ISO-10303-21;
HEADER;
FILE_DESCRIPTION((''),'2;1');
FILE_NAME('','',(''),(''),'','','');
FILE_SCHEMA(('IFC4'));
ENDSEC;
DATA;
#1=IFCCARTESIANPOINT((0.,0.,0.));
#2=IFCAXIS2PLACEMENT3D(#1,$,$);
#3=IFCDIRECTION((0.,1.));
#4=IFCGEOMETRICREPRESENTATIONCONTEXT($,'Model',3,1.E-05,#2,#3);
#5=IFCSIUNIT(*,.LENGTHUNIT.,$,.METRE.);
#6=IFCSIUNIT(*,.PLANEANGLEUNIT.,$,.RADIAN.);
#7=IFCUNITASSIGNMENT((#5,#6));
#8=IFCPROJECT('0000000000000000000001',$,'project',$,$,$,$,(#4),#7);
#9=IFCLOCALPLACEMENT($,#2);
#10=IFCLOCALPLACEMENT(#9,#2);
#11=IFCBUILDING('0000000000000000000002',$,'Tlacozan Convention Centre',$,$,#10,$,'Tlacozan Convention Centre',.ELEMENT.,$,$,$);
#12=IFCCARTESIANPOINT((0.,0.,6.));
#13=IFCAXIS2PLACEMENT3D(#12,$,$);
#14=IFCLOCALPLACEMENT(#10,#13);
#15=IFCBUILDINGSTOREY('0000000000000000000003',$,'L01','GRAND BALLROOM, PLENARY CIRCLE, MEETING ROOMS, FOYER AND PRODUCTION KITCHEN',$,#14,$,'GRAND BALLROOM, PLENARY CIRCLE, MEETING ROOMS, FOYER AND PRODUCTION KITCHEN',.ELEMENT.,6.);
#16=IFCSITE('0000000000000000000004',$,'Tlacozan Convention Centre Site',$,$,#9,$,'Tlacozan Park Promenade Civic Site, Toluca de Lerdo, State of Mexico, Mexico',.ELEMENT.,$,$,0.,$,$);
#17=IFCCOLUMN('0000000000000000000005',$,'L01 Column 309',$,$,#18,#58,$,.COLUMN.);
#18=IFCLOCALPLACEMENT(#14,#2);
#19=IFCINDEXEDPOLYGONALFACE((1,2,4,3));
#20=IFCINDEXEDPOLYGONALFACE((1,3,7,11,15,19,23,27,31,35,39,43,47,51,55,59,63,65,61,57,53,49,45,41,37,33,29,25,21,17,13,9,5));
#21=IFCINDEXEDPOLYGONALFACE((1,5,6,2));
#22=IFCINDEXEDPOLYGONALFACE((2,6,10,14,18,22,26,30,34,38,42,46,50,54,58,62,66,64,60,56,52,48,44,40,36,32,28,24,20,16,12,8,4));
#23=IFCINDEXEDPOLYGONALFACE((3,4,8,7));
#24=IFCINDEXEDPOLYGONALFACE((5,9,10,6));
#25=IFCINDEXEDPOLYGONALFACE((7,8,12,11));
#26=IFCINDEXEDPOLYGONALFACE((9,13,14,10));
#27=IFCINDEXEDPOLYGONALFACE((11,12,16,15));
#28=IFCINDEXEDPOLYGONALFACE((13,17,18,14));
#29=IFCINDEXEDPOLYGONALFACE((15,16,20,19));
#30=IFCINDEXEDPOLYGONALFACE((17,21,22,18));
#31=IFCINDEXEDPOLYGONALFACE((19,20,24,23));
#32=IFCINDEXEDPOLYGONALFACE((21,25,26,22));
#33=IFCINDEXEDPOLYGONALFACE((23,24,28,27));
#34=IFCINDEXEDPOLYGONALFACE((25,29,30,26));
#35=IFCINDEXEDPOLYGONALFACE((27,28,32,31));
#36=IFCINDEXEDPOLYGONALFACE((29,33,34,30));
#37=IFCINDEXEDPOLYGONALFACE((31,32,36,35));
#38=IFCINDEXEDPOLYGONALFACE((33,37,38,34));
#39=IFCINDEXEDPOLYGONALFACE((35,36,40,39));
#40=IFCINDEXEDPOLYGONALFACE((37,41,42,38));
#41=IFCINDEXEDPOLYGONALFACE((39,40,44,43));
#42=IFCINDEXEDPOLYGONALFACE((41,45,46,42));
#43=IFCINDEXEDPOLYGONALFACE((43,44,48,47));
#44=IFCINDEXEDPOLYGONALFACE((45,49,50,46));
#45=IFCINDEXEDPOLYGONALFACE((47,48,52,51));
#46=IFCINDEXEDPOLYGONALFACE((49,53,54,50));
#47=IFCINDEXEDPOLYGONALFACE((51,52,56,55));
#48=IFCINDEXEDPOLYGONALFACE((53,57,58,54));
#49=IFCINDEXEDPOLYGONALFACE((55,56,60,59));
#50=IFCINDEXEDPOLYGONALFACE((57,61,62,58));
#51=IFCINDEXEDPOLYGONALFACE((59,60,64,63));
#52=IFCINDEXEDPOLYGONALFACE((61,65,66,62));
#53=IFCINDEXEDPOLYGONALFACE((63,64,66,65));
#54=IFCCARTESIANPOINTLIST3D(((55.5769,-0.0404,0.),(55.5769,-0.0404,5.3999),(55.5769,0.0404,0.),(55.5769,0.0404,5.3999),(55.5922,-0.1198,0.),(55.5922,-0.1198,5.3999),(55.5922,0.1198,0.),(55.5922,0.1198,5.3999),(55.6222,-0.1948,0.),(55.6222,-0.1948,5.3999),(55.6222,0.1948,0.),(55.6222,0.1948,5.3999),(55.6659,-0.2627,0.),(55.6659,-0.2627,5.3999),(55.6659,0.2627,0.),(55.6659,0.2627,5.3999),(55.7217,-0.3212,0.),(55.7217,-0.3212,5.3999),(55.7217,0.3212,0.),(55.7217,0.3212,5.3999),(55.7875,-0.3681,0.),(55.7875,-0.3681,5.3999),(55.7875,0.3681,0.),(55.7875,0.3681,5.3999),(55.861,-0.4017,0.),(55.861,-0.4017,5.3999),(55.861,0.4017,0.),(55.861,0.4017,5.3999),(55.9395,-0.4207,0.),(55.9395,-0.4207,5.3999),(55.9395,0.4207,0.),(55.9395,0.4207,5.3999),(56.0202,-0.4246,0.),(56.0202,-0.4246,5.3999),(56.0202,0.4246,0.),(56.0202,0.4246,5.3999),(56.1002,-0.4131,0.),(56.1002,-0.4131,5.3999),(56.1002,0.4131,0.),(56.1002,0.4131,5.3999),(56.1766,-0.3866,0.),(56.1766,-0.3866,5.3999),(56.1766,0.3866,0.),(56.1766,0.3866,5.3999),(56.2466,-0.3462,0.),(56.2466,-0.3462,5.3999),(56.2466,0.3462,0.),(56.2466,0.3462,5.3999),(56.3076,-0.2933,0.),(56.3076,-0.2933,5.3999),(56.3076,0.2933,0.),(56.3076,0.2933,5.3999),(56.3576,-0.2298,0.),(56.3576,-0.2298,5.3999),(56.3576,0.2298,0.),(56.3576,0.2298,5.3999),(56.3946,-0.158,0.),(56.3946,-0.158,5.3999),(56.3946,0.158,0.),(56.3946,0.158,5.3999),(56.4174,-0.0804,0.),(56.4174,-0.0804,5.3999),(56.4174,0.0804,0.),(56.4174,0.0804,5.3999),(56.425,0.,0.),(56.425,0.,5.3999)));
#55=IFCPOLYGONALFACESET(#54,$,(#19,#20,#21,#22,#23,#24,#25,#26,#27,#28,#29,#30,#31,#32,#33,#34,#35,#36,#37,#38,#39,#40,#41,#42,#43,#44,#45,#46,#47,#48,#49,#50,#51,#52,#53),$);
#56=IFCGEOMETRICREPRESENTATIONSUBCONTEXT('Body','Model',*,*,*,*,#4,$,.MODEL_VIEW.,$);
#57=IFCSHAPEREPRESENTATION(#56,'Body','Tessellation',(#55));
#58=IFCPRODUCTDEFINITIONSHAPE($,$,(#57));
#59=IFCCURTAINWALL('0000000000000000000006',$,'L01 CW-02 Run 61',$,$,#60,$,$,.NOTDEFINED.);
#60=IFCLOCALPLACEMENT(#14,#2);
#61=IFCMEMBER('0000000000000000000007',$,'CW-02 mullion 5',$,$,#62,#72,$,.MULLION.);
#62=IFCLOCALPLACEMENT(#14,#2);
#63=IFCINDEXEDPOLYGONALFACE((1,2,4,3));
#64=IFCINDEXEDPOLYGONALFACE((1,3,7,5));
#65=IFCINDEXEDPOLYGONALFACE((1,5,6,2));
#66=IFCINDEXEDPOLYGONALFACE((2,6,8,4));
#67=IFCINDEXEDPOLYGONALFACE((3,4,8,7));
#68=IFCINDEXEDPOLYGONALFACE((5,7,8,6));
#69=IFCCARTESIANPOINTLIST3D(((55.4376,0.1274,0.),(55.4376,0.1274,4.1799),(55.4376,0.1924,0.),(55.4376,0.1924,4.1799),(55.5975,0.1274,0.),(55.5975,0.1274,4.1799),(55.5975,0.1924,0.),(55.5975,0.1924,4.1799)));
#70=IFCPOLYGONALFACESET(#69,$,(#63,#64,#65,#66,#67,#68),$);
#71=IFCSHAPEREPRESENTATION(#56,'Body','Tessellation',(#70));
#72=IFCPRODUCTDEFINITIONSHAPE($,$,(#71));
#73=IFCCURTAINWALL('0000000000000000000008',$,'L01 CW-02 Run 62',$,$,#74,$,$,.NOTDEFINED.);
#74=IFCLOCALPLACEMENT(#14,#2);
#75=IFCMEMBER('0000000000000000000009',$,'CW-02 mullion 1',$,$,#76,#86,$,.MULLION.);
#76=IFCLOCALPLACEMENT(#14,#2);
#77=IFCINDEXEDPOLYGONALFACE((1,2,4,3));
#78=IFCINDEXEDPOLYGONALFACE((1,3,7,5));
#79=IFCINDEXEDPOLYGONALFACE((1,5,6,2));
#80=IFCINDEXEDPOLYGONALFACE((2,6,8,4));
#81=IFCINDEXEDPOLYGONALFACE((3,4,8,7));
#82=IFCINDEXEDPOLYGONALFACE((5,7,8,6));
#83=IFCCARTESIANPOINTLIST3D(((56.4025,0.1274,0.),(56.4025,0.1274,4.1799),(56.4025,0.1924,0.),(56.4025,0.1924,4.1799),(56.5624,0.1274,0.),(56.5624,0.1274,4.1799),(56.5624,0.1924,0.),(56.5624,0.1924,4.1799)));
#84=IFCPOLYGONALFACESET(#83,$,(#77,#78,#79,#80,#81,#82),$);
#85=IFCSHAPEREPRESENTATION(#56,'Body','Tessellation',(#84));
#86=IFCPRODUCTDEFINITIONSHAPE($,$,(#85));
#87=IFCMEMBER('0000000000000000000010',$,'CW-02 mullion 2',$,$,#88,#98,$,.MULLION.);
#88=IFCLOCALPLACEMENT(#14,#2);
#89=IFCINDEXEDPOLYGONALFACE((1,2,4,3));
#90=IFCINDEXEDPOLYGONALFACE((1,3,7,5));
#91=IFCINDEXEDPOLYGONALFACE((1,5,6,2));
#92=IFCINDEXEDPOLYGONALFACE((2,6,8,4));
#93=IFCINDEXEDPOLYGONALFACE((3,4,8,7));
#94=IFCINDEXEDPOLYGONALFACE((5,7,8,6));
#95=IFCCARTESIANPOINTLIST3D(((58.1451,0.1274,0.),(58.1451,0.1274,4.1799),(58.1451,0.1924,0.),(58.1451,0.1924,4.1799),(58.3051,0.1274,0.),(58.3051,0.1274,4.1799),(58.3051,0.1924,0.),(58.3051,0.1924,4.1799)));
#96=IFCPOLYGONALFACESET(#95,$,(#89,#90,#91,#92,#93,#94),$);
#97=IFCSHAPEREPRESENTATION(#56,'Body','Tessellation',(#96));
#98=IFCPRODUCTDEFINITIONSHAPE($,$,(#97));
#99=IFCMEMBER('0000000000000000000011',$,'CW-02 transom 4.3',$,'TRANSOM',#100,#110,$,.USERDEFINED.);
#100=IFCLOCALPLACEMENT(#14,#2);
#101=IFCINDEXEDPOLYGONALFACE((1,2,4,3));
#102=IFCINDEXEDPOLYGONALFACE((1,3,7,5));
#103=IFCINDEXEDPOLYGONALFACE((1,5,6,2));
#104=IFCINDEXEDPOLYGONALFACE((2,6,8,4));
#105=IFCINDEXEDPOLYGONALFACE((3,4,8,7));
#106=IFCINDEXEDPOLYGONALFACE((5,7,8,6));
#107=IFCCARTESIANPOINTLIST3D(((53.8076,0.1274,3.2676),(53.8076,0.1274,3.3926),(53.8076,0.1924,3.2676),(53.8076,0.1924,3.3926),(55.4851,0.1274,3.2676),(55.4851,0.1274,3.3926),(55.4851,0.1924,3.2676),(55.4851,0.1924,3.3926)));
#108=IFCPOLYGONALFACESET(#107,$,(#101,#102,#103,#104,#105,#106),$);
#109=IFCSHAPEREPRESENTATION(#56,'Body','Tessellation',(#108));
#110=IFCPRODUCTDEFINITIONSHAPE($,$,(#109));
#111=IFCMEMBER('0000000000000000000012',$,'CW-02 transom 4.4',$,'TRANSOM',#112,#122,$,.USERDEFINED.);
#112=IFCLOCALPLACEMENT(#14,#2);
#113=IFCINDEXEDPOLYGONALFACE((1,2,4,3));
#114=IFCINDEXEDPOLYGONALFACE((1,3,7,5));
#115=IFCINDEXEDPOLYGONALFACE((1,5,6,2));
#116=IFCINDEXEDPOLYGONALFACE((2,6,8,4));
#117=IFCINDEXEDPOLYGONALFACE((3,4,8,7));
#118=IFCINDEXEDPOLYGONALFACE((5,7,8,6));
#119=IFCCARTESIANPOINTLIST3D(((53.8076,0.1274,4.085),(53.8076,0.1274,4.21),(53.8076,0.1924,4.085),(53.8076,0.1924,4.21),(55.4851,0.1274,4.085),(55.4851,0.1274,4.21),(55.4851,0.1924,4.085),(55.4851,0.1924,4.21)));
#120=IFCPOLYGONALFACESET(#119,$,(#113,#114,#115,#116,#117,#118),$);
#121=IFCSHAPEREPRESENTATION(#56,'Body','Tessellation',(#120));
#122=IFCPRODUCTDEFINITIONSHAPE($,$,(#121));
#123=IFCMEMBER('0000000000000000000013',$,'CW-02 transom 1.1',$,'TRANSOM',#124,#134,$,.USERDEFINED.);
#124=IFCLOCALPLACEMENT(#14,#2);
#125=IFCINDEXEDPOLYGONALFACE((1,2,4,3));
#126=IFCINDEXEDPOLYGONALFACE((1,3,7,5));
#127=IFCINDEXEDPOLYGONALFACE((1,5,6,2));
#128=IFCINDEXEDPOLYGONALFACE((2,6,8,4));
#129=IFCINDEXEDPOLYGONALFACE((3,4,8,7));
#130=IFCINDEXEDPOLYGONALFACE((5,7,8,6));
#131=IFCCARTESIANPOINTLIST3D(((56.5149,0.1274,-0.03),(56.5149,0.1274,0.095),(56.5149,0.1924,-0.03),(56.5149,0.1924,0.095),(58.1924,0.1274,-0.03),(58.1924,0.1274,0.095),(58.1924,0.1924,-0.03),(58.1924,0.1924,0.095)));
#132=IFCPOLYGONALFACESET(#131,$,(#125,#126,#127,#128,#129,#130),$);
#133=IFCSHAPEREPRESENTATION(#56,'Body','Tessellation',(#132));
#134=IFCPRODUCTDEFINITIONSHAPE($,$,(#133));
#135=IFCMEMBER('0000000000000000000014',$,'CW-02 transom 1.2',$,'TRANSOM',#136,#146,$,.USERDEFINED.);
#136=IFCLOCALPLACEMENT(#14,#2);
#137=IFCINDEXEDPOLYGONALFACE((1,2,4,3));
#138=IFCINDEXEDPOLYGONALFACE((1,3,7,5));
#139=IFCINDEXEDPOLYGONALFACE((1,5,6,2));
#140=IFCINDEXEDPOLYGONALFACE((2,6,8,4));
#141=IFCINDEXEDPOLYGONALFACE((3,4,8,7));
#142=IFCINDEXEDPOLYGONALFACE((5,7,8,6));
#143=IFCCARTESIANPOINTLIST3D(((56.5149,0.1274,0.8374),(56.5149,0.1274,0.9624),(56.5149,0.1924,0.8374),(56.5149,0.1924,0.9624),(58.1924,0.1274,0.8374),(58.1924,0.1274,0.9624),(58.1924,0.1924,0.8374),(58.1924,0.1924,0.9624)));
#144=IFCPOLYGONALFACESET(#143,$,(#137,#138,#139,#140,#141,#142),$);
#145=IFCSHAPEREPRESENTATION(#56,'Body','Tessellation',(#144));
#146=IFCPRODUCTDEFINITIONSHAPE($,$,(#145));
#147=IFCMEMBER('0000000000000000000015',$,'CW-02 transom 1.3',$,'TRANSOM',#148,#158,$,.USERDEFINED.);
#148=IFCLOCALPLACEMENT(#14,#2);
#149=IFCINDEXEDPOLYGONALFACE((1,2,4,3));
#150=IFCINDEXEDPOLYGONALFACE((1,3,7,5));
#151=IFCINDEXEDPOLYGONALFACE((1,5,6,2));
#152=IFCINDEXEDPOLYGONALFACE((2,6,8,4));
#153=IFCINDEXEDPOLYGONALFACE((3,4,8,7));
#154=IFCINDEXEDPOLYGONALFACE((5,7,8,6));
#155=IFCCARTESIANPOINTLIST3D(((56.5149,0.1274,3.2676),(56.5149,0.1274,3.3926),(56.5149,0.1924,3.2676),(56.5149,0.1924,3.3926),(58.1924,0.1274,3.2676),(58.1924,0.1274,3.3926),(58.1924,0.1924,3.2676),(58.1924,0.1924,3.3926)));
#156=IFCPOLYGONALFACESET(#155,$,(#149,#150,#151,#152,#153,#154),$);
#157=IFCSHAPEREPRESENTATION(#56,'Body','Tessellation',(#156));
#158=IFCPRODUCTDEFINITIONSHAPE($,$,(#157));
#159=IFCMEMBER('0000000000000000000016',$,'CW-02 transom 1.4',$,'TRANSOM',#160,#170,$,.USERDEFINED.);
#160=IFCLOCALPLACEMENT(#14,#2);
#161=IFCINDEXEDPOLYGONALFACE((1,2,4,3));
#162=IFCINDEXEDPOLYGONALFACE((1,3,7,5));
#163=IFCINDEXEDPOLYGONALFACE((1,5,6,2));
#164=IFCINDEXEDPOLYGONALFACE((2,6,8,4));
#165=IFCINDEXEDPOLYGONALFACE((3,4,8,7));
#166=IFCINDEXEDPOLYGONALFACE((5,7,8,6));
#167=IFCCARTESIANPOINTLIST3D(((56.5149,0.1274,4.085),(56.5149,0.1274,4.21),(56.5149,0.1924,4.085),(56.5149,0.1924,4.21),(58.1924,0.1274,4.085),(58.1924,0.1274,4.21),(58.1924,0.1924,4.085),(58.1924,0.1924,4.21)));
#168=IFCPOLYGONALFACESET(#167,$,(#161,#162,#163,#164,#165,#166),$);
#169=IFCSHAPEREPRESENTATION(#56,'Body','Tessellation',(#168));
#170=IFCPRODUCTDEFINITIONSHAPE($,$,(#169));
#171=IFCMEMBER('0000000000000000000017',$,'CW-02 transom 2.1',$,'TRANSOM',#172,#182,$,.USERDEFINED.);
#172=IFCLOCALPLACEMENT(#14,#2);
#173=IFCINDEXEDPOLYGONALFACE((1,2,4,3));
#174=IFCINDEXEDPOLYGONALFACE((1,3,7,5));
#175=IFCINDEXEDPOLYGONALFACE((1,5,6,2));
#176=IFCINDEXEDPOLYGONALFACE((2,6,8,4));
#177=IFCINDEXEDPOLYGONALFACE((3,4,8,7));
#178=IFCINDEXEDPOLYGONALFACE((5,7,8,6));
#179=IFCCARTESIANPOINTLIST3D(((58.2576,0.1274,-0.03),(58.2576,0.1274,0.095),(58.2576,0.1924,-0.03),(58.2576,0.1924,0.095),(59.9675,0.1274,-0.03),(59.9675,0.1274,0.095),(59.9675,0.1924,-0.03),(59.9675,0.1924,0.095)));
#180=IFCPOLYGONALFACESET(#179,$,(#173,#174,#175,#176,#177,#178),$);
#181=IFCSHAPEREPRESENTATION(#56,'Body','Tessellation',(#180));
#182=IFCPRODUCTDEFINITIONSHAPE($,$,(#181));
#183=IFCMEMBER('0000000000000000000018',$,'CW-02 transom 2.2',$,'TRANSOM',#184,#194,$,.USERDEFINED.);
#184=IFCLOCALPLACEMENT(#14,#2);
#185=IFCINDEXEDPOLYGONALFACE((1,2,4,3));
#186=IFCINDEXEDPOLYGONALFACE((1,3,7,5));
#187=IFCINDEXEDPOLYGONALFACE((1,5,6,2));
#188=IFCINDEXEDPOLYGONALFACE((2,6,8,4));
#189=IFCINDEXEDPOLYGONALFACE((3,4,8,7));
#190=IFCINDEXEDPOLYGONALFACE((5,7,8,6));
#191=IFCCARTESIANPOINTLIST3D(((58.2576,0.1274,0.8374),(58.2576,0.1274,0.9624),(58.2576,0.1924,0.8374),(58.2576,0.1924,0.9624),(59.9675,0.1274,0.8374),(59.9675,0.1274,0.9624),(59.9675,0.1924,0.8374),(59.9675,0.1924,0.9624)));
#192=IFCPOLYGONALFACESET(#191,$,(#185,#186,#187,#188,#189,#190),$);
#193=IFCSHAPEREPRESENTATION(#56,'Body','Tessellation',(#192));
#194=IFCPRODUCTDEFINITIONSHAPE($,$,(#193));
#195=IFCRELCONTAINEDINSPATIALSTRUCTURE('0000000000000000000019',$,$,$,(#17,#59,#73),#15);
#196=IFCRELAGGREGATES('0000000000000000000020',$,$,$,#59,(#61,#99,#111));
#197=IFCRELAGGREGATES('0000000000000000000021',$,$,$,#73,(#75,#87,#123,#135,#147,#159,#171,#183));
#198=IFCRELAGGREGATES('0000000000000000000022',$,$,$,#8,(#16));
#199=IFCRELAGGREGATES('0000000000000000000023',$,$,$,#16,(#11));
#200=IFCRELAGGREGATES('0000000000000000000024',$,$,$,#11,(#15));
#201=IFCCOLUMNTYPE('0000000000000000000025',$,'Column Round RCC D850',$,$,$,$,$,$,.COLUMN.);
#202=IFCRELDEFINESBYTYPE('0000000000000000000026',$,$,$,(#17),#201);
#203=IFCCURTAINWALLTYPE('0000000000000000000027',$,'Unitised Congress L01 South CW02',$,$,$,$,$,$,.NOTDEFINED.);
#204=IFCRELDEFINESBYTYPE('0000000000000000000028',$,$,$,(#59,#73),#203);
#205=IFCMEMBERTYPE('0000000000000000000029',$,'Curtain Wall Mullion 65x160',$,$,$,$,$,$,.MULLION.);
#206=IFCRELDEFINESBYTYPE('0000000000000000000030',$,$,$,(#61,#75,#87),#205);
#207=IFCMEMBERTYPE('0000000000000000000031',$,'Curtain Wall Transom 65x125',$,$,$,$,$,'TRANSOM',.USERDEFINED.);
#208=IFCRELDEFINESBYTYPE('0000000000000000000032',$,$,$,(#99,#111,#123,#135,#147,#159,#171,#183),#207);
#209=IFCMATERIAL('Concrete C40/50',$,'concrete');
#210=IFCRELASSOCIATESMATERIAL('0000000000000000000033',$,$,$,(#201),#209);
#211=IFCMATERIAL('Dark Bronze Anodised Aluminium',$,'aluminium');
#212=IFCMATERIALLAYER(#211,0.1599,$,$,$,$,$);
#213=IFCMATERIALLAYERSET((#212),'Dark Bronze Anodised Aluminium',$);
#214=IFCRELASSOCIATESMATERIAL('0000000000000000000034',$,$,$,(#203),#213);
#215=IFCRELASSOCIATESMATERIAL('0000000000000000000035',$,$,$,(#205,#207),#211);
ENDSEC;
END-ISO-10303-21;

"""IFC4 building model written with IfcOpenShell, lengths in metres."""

from ifc_helpers import new_model, si_unit, direction, frame, origin, origin_2d, place, context, subcontext, project, spatial, rectangle, circle, extrude, material, layer, layer_set, material_profile, profile_set, type_object, element, aggregate, save


model = new_model("IFC4")

# Units and contexts
model_context = context("Model", 3, precision=1e-05, world=origin(), true_north=direction((0.0, 1.0)))
body_context = subcontext(model_context, "Body", "Model", "MODEL_VIEW")
ifc_project = project(units=[si_unit("LENGTHUNIT", "METRE"), si_unit("PLANEANGLEUNIT", "RADIAN")], contexts=[model_context])

# Site, building, storey
site_placement = place(None, origin())
site = spatial("IfcSite", under=ifc_project, at=site_placement, Name="Tlacozan Convention Centre Site", LongName="Tlacozan Park Promenade Civic Site, Toluca de Lerdo, State of Mexico, Mexico", CompositionType="ELEMENT", RefElevation=0.0)
building_placement = place(site_placement, origin())
building = spatial("IfcBuilding", under=site, at=building_placement, Name="Tlacozan Convention Centre", LongName="Tlacozan Convention Centre", CompositionType="ELEMENT")
storey_placement = place(building_placement, frame((0.0, 0.0, 6.0)))
storey = spatial("IfcBuildingStorey", under=building, at=storey_placement, Name="L01", Description="GRAND BALLROOM, PLENARY CIRCLE, MEETING ROOMS, FOYER AND PRODUCTION KITCHEN", LongName="GRAND BALLROOM, PLENARY CIRCLE, MEETING ROOMS, FOYER AND PRODUCTION KITCHEN", CompositionType="ELEMENT", Elevation=6.0)

# Column
ifc_material_1 = material(Name="Concrete C40/50", Category="concrete")
ifc_material_profile_1 = material_profile(ifc_material_1, circle(Radius=0.425, at=origin_2d()), Name="RCC D850")
ifc_profile_set_1 = profile_set([ifc_material_profile_1], Name="Concrete C40/50")
column_type = type_object("IfcColumnType", Name="Column Round RCC D850", PredefinedType="COLUMN", material=ifc_profile_set_1)
column_placement = place(storey_placement, frame((56.0, 0.0, 0.0), z_axis=(0.0, 0.0, 1.0), x_axis=(1.0, 0.0, 0.0)))
element("IfcColumn", 1, at=column_placement, inside=storey, type_object=column_type, Name="L01 Column 309", PredefinedType="COLUMN", context=body_context, shape_type="SweptSolid", body=[
    extrude(circle(Radius=0.425, at=origin_2d()), origin(), (0.0, 0.0, 1.0), 5.3999),
])

# Curtain wall, member
ifc_material_2 = material(Name="Dark Bronze Anodised Aluminium", Category="aluminium")
ifc_layer_1 = layer(ifc_material_2, 0.1599)
ifc_layer_set_1 = layer_set([ifc_layer_1], Name="Dark Bronze Anodised Aluminium")
curtain_wall_type = type_object("IfcCurtainWallType", Name="Unitised Congress L01 South CW02", PredefinedType="NOTDEFINED", material=ifc_layer_set_1)
curtain_wall_1_placement = place(storey_placement, origin())
curtain_wall_1 = element("IfcCurtainWall", 2, at=curtain_wall_1_placement, inside=storey, type_object=curtain_wall_type, Name="L01 CW-02 Run 61", PredefinedType="NOTDEFINED")
ifc_material_profile_2 = material_profile(ifc_material_2, rectangle(XDim=0.0649, YDim=0.1599, at=origin_2d()), Name="ALU 65x160")
ifc_profile_set_2 = profile_set([ifc_material_profile_2], Name="Dark Bronze Anodised Aluminium")
member_type_1 = type_object("IfcMemberType", Name="Curtain Wall Mullion 65x160", PredefinedType="MULLION", material=ifc_profile_set_2)
member_1_placement = place(storey_placement, frame((55.5176, 0.1599, 0.0), z_axis=(0.0, 0.0, 1.0), x_axis=(0.0, 1.0, 0.0)))
member_1 = element("IfcMember", 3, at=member_1_placement, type_object=member_type_1, Name="CW-02 mullion 5", PredefinedType="MULLION", context=body_context, shape_type="SweptSolid", body=[
    extrude(rectangle(XDim=0.0649, YDim=0.1599, at=origin_2d()), origin(), (0.0, 0.0, 1.0), 4.1799),
])

# Curtain wall, members
curtain_wall_2_placement = place(storey_placement, origin())
curtain_wall_2 = element("IfcCurtainWall", 4, at=curtain_wall_2_placement, inside=storey, type_object=curtain_wall_type, Name="L01 CW-02 Run 62", PredefinedType="NOTDEFINED")
member_2_placement = place(storey_placement, frame((56.4824, 0.1599, 0.0), z_axis=(0.0, 0.0, 1.0), x_axis=(0.0, 1.0, 0.0)))
member_2 = element("IfcMember", 5, at=member_2_placement, type_object=member_type_1, Name="CW-02 mullion 1", PredefinedType="MULLION", context=body_context, shape_type="SweptSolid", body=[
    extrude(rectangle(XDim=0.0649, YDim=0.1599, at=origin_2d()), origin(), (0.0, 0.0, 1.0), 4.1799),
])
member_3_placement = place(storey_placement, frame((58.2251, 0.1599, 0.0), z_axis=(0.0, 0.0, 1.0), x_axis=(0.0, 1.0, 0.0)))
member_3 = element("IfcMember", 6, at=member_3_placement, type_object=member_type_1, Name="CW-02 mullion 2", PredefinedType="MULLION", context=body_context, shape_type="SweptSolid", body=[
    extrude(rectangle(XDim=0.0649, YDim=0.1599, at=origin_2d()), origin(), (0.0, 0.0, 1.0), 4.1799),
])

# Members
ifc_material_profile_3 = material_profile(ifc_material_2, rectangle(XDim=0.0649, YDim=0.125, at=origin_2d()), Name="ALU 65x125")
ifc_profile_set_3 = profile_set([ifc_material_profile_3], Name="Dark Bronze Anodised Aluminium")
member_type_2 = type_object("IfcMemberType", Name="Curtain Wall Transom 65x125", ElementType="TRANSOM", PredefinedType="USERDEFINED", material=ifc_profile_set_3)
member_4_placement = place(storey_placement, frame((53.8076, 0.1599, 3.3301), z_axis=(1.0, 0.0, 0.0), x_axis=(0.0, 1.0, 0.0)))
member_4 = element("IfcMember", 7, at=member_4_placement, type_object=member_type_2, Name="CW-02 transom 4.3", ObjectType="TRANSOM", PredefinedType="USERDEFINED", context=body_context, shape_type="SweptSolid", body=[
    extrude(rectangle(XDim=0.0649, YDim=0.125, at=origin_2d()), origin(), (0.0, 0.0, 1.0), 1.6775),
])
member_5_placement = place(storey_placement, frame((53.8076, 0.1599, 4.1475), z_axis=(1.0, 0.0, 0.0), x_axis=(0.0, 1.0, 0.0)))
member_5 = element("IfcMember", 8, at=member_5_placement, type_object=member_type_2, Name="CW-02 transom 4.4", ObjectType="TRANSOM", PredefinedType="USERDEFINED", context=body_context, shape_type="SweptSolid", body=[
    extrude(rectangle(XDim=0.0649, YDim=0.125, at=origin_2d()), origin(), (0.0, 0.0, 1.0), 1.6775),
])
member_6_placement = place(storey_placement, frame((56.5149, 0.1599, 0.0325), z_axis=(1.0, 0.0, 0.0), x_axis=(0.0, 1.0, 0.0)))
member_6 = element("IfcMember", 9, at=member_6_placement, type_object=member_type_2, Name="CW-02 transom 1.1", ObjectType="TRANSOM", PredefinedType="USERDEFINED", context=body_context, shape_type="SweptSolid", body=[
    extrude(rectangle(XDim=0.0649, YDim=0.125, at=origin_2d()), origin(), (0.0, 0.0, 1.0), 1.6775),
])
member_7_placement = place(storey_placement, frame((56.5149, 0.1599, 0.8999), z_axis=(1.0, 0.0, 0.0), x_axis=(0.0, 1.0, 0.0)))
member_7 = element("IfcMember", 10, at=member_7_placement, type_object=member_type_2, Name="CW-02 transom 1.2", ObjectType="TRANSOM", PredefinedType="USERDEFINED", context=body_context, shape_type="SweptSolid", body=[
    extrude(rectangle(XDim=0.0649, YDim=0.125, at=origin_2d()), origin(), (0.0, 0.0, 1.0), 1.6775),
])
member_8_placement = place(storey_placement, frame((56.5149, 0.1599, 3.3301), z_axis=(1.0, 0.0, 0.0), x_axis=(0.0, 1.0, 0.0)))
member_8 = element("IfcMember", 11, at=member_8_placement, type_object=member_type_2, Name="CW-02 transom 1.3", ObjectType="TRANSOM", PredefinedType="USERDEFINED", context=body_context, shape_type="SweptSolid", body=[
    extrude(rectangle(XDim=0.0649, YDim=0.125, at=origin_2d()), origin(), (0.0, 0.0, 1.0), 1.6775),
])
member_9_placement = place(storey_placement, frame((56.5149, 0.1599, 4.1475), z_axis=(1.0, 0.0, 0.0), x_axis=(0.0, 1.0, 0.0)))
member_9 = element("IfcMember", 12, at=member_9_placement, type_object=member_type_2, Name="CW-02 transom 1.4", ObjectType="TRANSOM", PredefinedType="USERDEFINED", context=body_context, shape_type="SweptSolid", body=[
    extrude(rectangle(XDim=0.0649, YDim=0.125, at=origin_2d()), origin(), (0.0, 0.0, 1.0), 1.6775),
])
member_10_placement = place(storey_placement, frame((58.2576, 0.1599, 0.0325), z_axis=(1.0, 0.0, 0.0), x_axis=(0.0, 1.0, 0.0)))
member_10 = element("IfcMember", 13, at=member_10_placement, type_object=member_type_2, Name="CW-02 transom 2.1", ObjectType="TRANSOM", PredefinedType="USERDEFINED", context=body_context, shape_type="SweptSolid", body=[
    extrude(rectangle(XDim=0.0649, YDim=0.125, at=origin_2d()), origin(), (0.0, 0.0, 1.0), 1.71),
])
member_11_placement = place(storey_placement, frame((58.2576, 0.1599, 0.8999), z_axis=(1.0, 0.0, 0.0), x_axis=(0.0, 1.0, 0.0)))
member_11 = element("IfcMember", 14, at=member_11_placement, type_object=member_type_2, Name="CW-02 transom 2.2", ObjectType="TRANSOM", PredefinedType="USERDEFINED", context=body_context, shape_type="SweptSolid", body=[
    extrude(rectangle(XDim=0.0649, YDim=0.125, at=origin_2d()), origin(), (0.0, 0.0, 1.0), 1.71),
])

aggregate(curtain_wall_1, [member_1, member_4, member_5])
aggregate(curtain_wall_2, [member_2, member_3, member_6, member_7, member_8, member_9, member_10, member_11])

save(model, "model.ifc")
